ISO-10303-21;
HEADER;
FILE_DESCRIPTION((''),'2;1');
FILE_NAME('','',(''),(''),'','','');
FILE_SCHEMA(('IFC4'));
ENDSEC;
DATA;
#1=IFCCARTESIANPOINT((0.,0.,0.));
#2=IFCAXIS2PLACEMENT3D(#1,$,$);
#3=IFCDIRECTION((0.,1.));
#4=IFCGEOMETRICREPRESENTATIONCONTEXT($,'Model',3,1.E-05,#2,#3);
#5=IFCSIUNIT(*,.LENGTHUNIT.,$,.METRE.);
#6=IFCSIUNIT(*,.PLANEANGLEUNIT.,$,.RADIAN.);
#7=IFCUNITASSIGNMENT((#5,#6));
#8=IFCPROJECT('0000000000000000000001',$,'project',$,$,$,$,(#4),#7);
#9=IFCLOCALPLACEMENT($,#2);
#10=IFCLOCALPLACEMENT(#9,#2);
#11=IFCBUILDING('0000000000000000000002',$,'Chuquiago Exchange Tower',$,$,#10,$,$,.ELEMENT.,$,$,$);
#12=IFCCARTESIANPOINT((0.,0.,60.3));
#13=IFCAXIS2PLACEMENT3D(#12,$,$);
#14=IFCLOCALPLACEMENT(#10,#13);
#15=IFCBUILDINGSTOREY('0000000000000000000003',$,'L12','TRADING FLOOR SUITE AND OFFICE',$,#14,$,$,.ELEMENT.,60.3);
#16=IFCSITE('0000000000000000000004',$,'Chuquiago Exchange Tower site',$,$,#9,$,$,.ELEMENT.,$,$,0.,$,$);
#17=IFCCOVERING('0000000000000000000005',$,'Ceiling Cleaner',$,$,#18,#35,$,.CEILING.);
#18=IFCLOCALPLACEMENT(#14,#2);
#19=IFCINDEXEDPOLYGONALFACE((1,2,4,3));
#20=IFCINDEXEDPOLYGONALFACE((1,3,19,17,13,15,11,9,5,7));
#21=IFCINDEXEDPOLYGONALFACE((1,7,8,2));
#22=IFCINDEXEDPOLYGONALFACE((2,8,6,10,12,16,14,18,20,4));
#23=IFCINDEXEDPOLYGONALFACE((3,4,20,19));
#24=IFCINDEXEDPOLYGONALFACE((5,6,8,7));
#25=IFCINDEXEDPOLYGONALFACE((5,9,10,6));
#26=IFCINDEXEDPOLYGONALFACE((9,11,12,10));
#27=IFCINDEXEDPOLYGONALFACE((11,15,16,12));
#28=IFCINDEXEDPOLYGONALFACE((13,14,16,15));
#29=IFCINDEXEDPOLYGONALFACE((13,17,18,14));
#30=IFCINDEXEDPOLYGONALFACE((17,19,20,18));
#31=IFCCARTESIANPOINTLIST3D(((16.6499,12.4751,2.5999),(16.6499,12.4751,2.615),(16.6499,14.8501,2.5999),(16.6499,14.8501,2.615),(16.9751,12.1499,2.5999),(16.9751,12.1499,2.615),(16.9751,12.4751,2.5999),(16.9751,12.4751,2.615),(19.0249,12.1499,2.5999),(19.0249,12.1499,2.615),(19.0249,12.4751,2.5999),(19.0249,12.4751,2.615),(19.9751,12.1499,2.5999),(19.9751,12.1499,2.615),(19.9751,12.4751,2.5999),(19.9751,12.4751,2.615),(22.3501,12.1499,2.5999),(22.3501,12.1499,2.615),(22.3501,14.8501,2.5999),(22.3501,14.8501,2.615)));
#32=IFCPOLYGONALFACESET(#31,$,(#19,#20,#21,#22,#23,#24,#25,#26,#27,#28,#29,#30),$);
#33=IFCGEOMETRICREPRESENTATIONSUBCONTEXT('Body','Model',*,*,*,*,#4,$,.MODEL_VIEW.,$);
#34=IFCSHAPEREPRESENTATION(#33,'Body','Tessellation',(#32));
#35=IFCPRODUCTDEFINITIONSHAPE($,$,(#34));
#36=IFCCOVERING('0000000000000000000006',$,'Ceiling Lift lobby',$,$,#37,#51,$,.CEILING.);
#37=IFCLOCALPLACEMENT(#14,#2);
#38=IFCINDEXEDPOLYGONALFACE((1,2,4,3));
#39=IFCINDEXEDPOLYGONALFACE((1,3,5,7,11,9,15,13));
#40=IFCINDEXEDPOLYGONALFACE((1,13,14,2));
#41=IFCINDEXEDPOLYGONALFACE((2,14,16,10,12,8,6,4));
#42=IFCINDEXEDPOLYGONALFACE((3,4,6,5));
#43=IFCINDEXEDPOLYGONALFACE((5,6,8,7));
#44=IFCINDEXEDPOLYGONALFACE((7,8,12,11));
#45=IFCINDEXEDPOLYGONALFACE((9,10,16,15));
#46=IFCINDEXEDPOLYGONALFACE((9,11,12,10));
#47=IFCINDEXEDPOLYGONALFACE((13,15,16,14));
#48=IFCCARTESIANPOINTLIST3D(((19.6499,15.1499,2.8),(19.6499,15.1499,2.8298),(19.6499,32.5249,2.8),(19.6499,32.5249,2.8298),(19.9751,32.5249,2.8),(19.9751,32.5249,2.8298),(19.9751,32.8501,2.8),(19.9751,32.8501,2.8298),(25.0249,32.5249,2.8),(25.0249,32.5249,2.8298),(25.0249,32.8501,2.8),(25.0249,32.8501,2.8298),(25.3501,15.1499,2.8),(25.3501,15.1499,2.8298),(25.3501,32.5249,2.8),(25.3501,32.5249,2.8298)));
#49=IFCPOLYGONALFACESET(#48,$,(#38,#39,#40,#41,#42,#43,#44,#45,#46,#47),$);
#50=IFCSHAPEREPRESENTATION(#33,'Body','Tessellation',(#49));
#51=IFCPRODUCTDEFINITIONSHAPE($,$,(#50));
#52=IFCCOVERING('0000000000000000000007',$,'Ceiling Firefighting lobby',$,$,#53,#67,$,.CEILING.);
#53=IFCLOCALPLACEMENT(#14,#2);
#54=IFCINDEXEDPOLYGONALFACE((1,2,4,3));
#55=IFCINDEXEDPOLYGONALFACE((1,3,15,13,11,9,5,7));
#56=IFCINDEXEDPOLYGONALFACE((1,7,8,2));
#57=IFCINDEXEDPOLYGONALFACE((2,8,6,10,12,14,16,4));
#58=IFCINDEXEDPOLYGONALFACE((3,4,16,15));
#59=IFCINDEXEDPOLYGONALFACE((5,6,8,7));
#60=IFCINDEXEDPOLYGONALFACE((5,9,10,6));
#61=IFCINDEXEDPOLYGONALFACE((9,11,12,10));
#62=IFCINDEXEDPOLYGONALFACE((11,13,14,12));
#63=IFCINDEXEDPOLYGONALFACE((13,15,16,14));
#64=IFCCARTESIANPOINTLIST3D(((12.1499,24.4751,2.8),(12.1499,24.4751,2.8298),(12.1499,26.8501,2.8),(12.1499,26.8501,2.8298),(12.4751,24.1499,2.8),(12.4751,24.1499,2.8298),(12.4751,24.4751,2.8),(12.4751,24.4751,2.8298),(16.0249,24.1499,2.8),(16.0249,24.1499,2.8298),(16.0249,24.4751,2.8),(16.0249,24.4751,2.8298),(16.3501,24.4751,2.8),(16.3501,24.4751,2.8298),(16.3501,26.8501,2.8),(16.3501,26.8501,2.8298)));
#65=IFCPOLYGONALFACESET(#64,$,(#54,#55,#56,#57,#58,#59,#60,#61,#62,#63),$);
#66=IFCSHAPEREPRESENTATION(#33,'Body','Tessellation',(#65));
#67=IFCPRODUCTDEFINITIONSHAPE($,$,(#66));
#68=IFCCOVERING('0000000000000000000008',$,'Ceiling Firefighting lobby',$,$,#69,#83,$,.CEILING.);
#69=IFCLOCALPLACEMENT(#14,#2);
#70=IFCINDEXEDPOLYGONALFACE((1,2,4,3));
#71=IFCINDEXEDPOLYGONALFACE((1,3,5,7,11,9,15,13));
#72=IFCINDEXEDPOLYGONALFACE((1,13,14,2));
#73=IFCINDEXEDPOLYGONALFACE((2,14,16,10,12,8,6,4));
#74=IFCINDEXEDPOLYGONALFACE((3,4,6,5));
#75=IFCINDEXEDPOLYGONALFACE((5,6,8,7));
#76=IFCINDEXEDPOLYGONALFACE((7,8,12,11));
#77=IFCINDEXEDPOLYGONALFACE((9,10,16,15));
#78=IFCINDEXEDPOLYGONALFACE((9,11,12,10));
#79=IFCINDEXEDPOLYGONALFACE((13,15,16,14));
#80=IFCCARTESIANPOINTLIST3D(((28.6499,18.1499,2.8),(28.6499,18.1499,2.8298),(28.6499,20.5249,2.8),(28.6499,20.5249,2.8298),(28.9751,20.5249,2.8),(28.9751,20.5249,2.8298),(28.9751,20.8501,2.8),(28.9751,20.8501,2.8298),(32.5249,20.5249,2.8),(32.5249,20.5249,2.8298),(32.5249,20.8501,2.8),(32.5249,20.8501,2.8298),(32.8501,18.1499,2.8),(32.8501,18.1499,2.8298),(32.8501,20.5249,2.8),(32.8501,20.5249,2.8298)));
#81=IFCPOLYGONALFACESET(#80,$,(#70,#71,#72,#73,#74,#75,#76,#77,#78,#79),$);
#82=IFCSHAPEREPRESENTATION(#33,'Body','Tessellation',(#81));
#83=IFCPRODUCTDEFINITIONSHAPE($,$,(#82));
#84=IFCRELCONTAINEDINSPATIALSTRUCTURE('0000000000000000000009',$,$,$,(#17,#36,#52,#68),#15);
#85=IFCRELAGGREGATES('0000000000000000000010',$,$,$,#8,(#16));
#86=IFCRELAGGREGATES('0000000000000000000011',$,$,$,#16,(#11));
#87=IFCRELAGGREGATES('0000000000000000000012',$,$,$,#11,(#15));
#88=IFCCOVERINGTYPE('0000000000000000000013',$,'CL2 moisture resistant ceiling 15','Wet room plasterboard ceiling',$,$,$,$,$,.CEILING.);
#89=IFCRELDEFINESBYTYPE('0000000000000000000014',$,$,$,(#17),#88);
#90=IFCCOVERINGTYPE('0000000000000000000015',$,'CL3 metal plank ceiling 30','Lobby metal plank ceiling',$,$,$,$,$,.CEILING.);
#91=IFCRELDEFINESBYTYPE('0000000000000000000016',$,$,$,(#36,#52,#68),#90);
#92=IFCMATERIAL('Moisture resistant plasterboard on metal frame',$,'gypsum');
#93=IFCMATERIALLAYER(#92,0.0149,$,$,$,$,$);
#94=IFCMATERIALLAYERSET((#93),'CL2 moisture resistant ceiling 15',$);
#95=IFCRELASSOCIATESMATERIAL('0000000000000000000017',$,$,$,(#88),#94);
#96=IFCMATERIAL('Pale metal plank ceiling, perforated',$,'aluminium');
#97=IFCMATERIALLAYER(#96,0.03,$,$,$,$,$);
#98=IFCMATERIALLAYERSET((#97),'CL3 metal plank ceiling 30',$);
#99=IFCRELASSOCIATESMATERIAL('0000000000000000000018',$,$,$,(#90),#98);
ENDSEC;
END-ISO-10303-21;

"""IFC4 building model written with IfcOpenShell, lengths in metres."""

from ifc_helpers import new_model, si_unit, direction, frame, origin, place, context, subcontext, project, spatial, polyline, outline, extrude, material, layer, layer_set, type_object, element, save


model = new_model("IFC4")

# Units and contexts
model_context = context("Model", 3, precision=1e-05, world=origin(), true_north=direction((0.0, 1.0)))
body_context = subcontext(model_context, "Body", "Model", "MODEL_VIEW")
ifc_project = project(units=[si_unit("LENGTHUNIT", "METRE"), si_unit("PLANEANGLEUNIT", "RADIAN")], contexts=[model_context])

# Site, building, storey
site_placement = place(None, origin())
site = spatial("IfcSite", under=ifc_project, at=site_placement, Name="Chuquiago Exchange Tower site", CompositionType="ELEMENT", RefElevation=0.0)
building_placement = place(site_placement, origin())
building = spatial("IfcBuilding", under=site, at=building_placement, Name="Chuquiago Exchange Tower", CompositionType="ELEMENT")
storey_placement = place(building_placement, frame((0.0, 0.0, 60.3)))
storey = spatial("IfcBuildingStorey", under=building, at=storey_placement, Name="L12", Description="TRADING FLOOR SUITE AND OFFICE", CompositionType="ELEMENT", Elevation=60.3)

# Coverings
ifc_material_1 = material(Name="Moisture resistant plasterboard on metal frame", Category="gypsum")
ifc_layer_1 = layer(ifc_material_1, 0.0149)
ifc_layer_set_1 = layer_set([ifc_layer_1], Name="CL2 moisture resistant ceiling 15")
covering_type_1 = type_object("IfcCoveringType", Name="CL2 moisture resistant ceiling 15", Description="Wet room plasterboard ceiling", PredefinedType="CEILING", material=ifc_layer_set_1)
covering_1_placement = place(storey_placement, frame((0.0, 0.0, 2.5999)))
element("IfcCovering", 1, at=covering_1_placement, inside=storey, type_object=covering_type_1, Name="Ceiling Cleaner", PredefinedType="CEILING", context=body_context, shape_type="SweptSolid", body=[
    extrude(outline(polyline([(19.9751, 12.1499), (19.9751, 12.4751), (19.0249, 12.4751), (19.0249, 12.1499), (16.9751, 12.1499), (16.9751, 12.4751), (16.6499, 12.4751), (16.6499, 14.8501), (22.3501, 14.8501), (22.3501, 12.1499), (19.9751, 12.1499)])), origin(), (0.0, 0.0, 1.0), 0.0151),
])
ifc_material_2 = material(Name="Pale metal plank ceiling, perforated", Category="aluminium")
ifc_layer_2 = layer(ifc_material_2, 0.03)
ifc_layer_set_2 = layer_set([ifc_layer_2], Name="CL3 metal plank ceiling 30")
covering_type_2 = type_object("IfcCoveringType", Name="CL3 metal plank ceiling 30", Description="Lobby metal plank ceiling", PredefinedType="CEILING", material=ifc_layer_set_2)
covering_2_placement = place(storey_placement, frame((0.0, 0.0, 2.8)))
element("IfcCovering", 2, at=covering_2_placement, inside=storey, type_object=covering_type_2, Name="Ceiling Lift lobby", PredefinedType="CEILING", context=body_context, shape_type="SweptSolid", body=[
    extrude(outline(polyline([(19.6499, 15.1499), (19.6499, 32.5249), (19.9751, 32.5249), (19.9751, 32.8501), (25.0249, 32.8501), (25.0249, 32.5249), (25.3501, 32.5249), (25.3501, 15.1499), (19.6499, 15.1499)])), origin(), (0.0, 0.0, 1.0), 0.0298),
])
covering_3_placement = place(storey_placement, frame((0.0, 0.0, 2.8)))
element("IfcCovering", 3, at=covering_3_placement, inside=storey, type_object=covering_type_2, Name="Ceiling Firefighting lobby", PredefinedType="CEILING", context=body_context, shape_type="SweptSolid", body=[
    extrude(outline(polyline([(12.4751, 24.1499), (12.4751, 24.4751), (12.1499, 24.4751), (12.1499, 26.8501), (16.3501, 26.8501), (16.3501, 24.4751), (16.0249, 24.4751), (16.0249, 24.1499), (12.4751, 24.1499)])), origin(), (0.0, 0.0, 1.0), 0.0298),
])
covering_4_placement = place(storey_placement, frame((0.0, 0.0, 2.8)))
element("IfcCovering", 4, at=covering_4_placement, inside=storey, type_object=covering_type_2, Name="Ceiling Firefighting lobby", PredefinedType="CEILING", context=body_context, shape_type="SweptSolid", body=[
    extrude(outline(polyline([(28.6499, 18.1499), (28.6499, 20.5249), (28.9751, 20.5249), (28.9751, 20.8501), (32.5249, 20.8501), (32.5249, 20.5249), (32.8501, 20.5249), (32.8501, 18.1499), (28.6499, 18.1499)])), origin(), (0.0, 0.0, 1.0), 0.0298),
])

save(model, "model.ifc")
